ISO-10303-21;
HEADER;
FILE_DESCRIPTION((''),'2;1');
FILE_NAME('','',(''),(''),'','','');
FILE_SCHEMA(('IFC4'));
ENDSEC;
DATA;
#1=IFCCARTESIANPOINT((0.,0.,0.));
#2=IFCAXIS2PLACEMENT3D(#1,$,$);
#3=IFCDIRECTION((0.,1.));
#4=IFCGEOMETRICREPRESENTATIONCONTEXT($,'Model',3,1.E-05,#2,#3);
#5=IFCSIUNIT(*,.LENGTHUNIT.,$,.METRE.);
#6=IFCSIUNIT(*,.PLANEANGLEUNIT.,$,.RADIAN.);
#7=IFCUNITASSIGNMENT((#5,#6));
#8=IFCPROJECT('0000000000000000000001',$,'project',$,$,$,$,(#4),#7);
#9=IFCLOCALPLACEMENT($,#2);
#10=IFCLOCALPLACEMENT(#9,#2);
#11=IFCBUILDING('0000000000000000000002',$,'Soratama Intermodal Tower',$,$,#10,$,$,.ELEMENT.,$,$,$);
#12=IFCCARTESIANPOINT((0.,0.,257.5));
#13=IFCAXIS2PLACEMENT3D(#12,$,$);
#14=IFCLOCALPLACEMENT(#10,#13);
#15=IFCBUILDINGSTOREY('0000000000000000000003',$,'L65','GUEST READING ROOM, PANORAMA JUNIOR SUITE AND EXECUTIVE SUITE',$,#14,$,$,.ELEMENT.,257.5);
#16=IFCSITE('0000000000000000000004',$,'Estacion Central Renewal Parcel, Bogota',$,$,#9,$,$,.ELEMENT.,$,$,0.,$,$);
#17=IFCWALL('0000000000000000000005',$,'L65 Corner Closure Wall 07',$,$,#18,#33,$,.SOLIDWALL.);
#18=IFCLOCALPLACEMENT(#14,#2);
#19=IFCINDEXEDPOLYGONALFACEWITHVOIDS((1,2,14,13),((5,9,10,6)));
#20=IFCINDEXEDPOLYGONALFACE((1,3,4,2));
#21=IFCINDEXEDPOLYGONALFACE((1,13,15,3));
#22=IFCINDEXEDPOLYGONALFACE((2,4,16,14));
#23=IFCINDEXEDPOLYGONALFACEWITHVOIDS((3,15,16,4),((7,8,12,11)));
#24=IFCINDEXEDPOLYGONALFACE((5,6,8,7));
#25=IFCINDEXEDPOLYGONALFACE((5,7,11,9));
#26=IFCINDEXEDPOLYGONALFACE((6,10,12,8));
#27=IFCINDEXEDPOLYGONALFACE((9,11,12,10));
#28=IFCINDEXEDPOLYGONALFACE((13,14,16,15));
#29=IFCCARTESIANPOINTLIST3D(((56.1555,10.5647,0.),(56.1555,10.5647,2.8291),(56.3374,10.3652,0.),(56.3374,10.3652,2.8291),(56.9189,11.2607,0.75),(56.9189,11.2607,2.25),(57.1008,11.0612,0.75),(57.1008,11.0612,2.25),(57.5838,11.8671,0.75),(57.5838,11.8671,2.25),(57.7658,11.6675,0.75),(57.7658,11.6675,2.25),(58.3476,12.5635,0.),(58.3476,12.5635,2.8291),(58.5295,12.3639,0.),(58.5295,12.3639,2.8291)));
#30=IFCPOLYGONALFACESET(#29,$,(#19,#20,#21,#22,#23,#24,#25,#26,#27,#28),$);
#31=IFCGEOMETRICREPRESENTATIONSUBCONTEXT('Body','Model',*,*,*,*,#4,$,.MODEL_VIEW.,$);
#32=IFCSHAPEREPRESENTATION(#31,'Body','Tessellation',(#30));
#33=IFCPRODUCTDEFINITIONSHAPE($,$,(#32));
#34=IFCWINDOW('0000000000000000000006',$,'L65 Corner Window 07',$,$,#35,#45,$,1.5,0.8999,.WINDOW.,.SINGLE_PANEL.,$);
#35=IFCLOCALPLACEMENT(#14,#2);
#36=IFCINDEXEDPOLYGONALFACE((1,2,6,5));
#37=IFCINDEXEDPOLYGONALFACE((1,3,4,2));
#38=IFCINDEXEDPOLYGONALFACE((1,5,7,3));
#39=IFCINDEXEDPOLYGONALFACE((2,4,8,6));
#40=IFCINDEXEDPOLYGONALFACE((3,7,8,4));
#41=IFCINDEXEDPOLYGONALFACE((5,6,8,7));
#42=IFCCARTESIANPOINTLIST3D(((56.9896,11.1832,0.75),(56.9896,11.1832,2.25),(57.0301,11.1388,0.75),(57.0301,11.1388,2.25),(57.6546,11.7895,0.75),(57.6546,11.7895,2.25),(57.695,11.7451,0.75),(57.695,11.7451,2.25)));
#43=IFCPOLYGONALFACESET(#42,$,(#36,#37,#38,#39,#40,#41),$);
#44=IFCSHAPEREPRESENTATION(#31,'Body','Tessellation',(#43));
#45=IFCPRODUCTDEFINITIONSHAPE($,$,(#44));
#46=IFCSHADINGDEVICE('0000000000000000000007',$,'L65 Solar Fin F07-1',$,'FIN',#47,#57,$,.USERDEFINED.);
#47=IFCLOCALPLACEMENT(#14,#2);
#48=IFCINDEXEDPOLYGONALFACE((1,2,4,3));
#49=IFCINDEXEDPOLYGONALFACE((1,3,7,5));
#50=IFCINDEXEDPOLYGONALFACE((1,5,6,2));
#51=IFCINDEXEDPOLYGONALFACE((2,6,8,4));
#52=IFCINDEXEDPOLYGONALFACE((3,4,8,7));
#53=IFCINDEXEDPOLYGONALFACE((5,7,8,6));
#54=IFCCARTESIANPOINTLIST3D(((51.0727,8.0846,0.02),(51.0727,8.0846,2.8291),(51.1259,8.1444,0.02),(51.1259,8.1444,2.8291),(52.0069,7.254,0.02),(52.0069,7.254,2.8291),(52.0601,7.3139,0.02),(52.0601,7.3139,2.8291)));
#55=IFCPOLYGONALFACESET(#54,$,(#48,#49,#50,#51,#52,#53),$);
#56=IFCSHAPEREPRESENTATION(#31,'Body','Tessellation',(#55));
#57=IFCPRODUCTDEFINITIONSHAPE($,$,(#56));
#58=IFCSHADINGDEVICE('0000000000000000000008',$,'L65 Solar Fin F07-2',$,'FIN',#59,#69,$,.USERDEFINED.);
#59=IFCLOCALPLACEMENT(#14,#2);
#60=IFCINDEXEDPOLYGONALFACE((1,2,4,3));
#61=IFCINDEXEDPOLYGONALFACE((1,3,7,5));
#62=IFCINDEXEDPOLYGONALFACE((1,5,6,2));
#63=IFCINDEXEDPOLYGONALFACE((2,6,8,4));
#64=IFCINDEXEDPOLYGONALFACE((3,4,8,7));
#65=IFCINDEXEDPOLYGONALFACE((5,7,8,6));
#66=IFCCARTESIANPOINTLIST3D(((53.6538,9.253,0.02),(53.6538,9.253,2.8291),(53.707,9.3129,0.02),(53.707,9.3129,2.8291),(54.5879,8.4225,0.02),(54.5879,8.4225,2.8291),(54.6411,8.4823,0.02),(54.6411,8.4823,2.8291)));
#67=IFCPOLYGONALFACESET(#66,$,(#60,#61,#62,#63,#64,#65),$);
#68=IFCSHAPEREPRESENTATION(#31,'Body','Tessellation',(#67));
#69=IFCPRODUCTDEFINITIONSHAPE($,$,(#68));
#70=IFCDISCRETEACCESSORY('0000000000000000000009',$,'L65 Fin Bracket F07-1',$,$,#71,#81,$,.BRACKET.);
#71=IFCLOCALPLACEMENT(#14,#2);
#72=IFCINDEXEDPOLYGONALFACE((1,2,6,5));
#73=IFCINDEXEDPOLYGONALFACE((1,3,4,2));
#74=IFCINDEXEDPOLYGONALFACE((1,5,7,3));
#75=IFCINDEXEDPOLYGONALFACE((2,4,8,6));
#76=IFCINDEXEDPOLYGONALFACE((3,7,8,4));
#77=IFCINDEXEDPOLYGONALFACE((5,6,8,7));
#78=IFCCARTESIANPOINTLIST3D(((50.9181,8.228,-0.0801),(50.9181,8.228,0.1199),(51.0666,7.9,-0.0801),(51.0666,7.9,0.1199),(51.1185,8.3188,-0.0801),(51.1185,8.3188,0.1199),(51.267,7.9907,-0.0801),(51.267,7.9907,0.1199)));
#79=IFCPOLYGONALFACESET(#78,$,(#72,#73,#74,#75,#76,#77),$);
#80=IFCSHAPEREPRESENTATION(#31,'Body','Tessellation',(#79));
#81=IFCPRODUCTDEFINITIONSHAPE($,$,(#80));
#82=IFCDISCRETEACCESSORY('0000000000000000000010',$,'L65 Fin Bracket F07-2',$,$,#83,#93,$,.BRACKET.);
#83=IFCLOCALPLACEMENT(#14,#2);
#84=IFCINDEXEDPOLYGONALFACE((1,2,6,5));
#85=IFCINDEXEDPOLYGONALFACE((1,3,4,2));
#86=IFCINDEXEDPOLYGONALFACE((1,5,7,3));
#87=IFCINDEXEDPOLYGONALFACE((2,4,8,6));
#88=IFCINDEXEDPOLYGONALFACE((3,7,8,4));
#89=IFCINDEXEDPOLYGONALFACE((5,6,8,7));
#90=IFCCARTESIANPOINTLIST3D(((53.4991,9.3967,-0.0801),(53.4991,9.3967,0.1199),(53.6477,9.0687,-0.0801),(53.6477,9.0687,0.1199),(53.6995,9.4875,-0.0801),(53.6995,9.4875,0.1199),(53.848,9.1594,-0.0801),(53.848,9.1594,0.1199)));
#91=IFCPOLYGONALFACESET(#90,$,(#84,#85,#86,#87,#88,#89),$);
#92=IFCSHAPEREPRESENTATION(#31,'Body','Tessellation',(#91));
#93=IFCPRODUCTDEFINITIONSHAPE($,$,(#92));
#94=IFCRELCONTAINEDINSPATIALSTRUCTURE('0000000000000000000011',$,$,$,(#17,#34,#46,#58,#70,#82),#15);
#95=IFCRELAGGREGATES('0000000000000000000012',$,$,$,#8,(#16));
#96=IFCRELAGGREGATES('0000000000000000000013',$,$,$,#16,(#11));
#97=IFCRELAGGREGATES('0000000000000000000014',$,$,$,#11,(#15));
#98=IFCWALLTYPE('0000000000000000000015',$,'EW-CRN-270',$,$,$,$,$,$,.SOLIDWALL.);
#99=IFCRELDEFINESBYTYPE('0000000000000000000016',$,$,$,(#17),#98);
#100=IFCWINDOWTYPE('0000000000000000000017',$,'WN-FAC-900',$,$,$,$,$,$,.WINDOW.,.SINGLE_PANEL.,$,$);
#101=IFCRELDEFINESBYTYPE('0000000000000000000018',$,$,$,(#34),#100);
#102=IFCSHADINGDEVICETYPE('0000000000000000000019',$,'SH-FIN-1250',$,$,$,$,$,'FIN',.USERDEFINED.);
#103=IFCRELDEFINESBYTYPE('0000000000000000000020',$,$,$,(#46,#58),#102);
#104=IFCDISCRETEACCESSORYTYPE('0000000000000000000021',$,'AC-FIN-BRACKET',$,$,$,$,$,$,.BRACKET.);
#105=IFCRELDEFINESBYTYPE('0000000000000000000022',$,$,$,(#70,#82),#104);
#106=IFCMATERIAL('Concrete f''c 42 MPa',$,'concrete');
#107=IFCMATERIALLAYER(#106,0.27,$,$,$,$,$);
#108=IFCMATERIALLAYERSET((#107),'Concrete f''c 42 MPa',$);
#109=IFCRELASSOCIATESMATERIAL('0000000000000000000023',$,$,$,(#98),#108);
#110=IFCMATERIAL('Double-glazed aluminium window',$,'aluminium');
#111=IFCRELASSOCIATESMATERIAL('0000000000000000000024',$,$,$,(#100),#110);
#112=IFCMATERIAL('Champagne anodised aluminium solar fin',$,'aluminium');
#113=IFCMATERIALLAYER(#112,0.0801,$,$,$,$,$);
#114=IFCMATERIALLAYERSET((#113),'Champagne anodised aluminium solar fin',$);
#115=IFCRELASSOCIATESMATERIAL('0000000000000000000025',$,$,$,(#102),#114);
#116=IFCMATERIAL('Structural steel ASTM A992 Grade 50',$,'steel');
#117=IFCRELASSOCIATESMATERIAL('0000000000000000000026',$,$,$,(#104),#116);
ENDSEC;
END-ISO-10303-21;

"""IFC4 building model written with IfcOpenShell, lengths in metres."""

from ifc_helpers import new_model, si_unit, direction, frame, frame_2d, origin, origin_2d, place, context, subcontext, project, spatial, rectangle, extrude, material, layer, layer_set, type_object, element, fill, save


model = new_model("IFC4")

# Units and contexts
model_context = context("Model", 3, precision=1e-05, world=origin(), true_north=direction((0.0, 1.0)))
body_context = subcontext(model_context, "Body", "Model", "MODEL_VIEW")
ifc_project = project(units=[si_unit("LENGTHUNIT", "METRE"), si_unit("PLANEANGLEUNIT", "RADIAN")], contexts=[model_context])

# Site, building, storey
site_placement = place(None, origin())
site = spatial("IfcSite", under=ifc_project, at=site_placement, Name="Estacion Central Renewal Parcel, Bogota", CompositionType="ELEMENT", RefElevation=0.0)
building_placement = place(site_placement, origin())
building = spatial("IfcBuilding", under=site, at=building_placement, Name="Soratama Intermodal Tower", CompositionType="ELEMENT")
storey_placement = place(building_placement, frame((0.0, 0.0, 257.5)))
storey = spatial("IfcBuildingStorey", under=building, at=storey_placement, Name="L65", Description="GUEST READING ROOM, PANORAMA JUNIOR SUITE AND EXECUTIVE SUITE", CompositionType="ELEMENT", Elevation=257.5)

# Wall, opening, window
ifc_material_1 = material(Name="Concrete f'c 42 MPa", Category="concrete")
ifc_layer_1 = layer(ifc_material_1, 0.27)
ifc_layer_set_1 = layer_set([ifc_layer_1], Name="Concrete f'c 42 MPa")
wall_type = type_object("IfcWallType", Name="EW-CRN-270", PredefinedType="SOLIDWALL", material=ifc_layer_set_1)
wall_placement = place(storey_placement, frame((56.2463, 10.4648, 0.0), z_axis=(0.0, 0.0, 1.0), x_axis=(0.738945, 0.673766, 0.0)))
wall = element("IfcWall", 1, at=wall_placement, inside=storey, type_object=wall_type, Name="L65 Corner Closure Wall 07", PredefinedType="SOLIDWALL", context=body_context, shape_type="SweptSolid", body=[
    extrude(rectangle(XDim=2.9666, YDim=0.27, at=frame_2d((1.4834, 0.0))), origin(), (0.0, 0.0, 1.0), 2.8291),
])
opening_placement = place(wall_placement, frame((1.0332, 0.0, 0.75)))
opening = element("IfcOpeningElement", 2, at=opening_placement, cuts=wall, PredefinedType="OPENING", context=body_context, shape_type="SweptSolid", body=[
    extrude(rectangle(XDim=0.8999, YDim=1.5, at=frame_2d((0.45, 0.75))), frame((0.0, 0.145, 0.0), z_axis=(0.0, -1.0, 0.0), x_axis=(1.0, 0.0, 0.0)), (0.0, 0.0, 1.0), 0.29),
])
ifc_material_2 = material(Name="Double-glazed aluminium window", Category="aluminium")
window_type = type_object("IfcWindowType", Name="WN-FAC-900", PartitioningType="SINGLE_PANEL", PredefinedType="WINDOW", material=ifc_material_2)
window_placement = place(opening_placement, origin())
window = element("IfcWindow", 3, at=window_placement, inside=storey, type_object=window_type, Name="L65 Corner Window 07", OverallHeight=1.5, OverallWidth=0.8999, PartitioningType="SINGLE_PANEL", PredefinedType="WINDOW", context=body_context, shape_type="SweptSolid", body=[
    extrude(rectangle(XDim=0.8999, YDim=1.5, at=frame_2d((0.45, 0.75))), frame((0.0, 0.03, 0.0), z_axis=(0.0, -1.0, 0.0), x_axis=(1.0, 0.0, 0.0)), (0.0, 0.0, 1.0), 0.0601),
])
fill(opening, window)

# Shading devices
ifc_material_3 = material(Name="Champagne anodised aluminium solar fin", Category="aluminium")
ifc_layer_2 = layer(ifc_material_3, 0.0801)
ifc_layer_set_2 = layer_set([ifc_layer_2], Name="Champagne anodised aluminium solar fin")
shading_device_type = type_object("IfcShadingDeviceType", Name="SH-FIN-1250", ElementType="FIN", PredefinedType="USERDEFINED", material=ifc_layer_set_2)
for number, where, z_axis, x_axis, name in (
    (4, (51.5664, 7.6992, 0.02), (0.0, 0.0, 1.0), (0.747334, -0.664448, 0.0), "L65 Solar Fin F07-1"),
    (5, (54.1475, 8.8677, 0.02), (0.0, 0.0, 1.0), (0.747334, -0.664448, 0.0), "L65 Solar Fin F07-2"),
):
    element("IfcShadingDevice", number, at=place(storey_placement, frame(where, z_axis=z_axis, x_axis=x_axis)), inside=storey, type_object=shading_device_type, Name=name, ObjectType="FIN", PredefinedType="USERDEFINED", context=body_context, shape_type="SweptSolid", body=[
        extrude(rectangle(XDim=1.25, YDim=0.0801, at=origin_2d()), origin(), (0.0, 0.0, 1.0), 2.8091),
    ])

# Discrete accessories
ifc_material_4 = material(Name="Structural steel ASTM A992 Grade 50", Category="steel")
discrete_accessory_type = type_object("IfcDiscreteAccessoryType", Name="AC-FIN-BRACKET", PredefinedType="BRACKET", material=ifc_material_4)
for number, where, z_axis, x_axis, name in (
    (6, (51.0925, 8.1094, -0.0801), (0.0, 0.0, 1.0), (0.412469, -0.910972, 0.0), "L65 Fin Bracket F07-1"),
    (7, (53.6736, 9.2781, -0.0801), (0.0, 0.0, 1.0), (0.412469, -0.910972, 0.0), "L65 Fin Bracket F07-2"),
):
    element("IfcDiscreteAccessory", number, at=place(storey_placement, frame(where, z_axis=z_axis, x_axis=x_axis)), inside=storey, type_object=discrete_accessory_type, Name=name, PredefinedType="BRACKET", context=body_context, shape_type="SweptSolid", body=[
        extrude(rectangle(XDim=0.3601, YDim=0.22, at=origin_2d()), origin(), (0.0, 0.0, 1.0), 0.2),
    ])

save(model, "model.ifc")
